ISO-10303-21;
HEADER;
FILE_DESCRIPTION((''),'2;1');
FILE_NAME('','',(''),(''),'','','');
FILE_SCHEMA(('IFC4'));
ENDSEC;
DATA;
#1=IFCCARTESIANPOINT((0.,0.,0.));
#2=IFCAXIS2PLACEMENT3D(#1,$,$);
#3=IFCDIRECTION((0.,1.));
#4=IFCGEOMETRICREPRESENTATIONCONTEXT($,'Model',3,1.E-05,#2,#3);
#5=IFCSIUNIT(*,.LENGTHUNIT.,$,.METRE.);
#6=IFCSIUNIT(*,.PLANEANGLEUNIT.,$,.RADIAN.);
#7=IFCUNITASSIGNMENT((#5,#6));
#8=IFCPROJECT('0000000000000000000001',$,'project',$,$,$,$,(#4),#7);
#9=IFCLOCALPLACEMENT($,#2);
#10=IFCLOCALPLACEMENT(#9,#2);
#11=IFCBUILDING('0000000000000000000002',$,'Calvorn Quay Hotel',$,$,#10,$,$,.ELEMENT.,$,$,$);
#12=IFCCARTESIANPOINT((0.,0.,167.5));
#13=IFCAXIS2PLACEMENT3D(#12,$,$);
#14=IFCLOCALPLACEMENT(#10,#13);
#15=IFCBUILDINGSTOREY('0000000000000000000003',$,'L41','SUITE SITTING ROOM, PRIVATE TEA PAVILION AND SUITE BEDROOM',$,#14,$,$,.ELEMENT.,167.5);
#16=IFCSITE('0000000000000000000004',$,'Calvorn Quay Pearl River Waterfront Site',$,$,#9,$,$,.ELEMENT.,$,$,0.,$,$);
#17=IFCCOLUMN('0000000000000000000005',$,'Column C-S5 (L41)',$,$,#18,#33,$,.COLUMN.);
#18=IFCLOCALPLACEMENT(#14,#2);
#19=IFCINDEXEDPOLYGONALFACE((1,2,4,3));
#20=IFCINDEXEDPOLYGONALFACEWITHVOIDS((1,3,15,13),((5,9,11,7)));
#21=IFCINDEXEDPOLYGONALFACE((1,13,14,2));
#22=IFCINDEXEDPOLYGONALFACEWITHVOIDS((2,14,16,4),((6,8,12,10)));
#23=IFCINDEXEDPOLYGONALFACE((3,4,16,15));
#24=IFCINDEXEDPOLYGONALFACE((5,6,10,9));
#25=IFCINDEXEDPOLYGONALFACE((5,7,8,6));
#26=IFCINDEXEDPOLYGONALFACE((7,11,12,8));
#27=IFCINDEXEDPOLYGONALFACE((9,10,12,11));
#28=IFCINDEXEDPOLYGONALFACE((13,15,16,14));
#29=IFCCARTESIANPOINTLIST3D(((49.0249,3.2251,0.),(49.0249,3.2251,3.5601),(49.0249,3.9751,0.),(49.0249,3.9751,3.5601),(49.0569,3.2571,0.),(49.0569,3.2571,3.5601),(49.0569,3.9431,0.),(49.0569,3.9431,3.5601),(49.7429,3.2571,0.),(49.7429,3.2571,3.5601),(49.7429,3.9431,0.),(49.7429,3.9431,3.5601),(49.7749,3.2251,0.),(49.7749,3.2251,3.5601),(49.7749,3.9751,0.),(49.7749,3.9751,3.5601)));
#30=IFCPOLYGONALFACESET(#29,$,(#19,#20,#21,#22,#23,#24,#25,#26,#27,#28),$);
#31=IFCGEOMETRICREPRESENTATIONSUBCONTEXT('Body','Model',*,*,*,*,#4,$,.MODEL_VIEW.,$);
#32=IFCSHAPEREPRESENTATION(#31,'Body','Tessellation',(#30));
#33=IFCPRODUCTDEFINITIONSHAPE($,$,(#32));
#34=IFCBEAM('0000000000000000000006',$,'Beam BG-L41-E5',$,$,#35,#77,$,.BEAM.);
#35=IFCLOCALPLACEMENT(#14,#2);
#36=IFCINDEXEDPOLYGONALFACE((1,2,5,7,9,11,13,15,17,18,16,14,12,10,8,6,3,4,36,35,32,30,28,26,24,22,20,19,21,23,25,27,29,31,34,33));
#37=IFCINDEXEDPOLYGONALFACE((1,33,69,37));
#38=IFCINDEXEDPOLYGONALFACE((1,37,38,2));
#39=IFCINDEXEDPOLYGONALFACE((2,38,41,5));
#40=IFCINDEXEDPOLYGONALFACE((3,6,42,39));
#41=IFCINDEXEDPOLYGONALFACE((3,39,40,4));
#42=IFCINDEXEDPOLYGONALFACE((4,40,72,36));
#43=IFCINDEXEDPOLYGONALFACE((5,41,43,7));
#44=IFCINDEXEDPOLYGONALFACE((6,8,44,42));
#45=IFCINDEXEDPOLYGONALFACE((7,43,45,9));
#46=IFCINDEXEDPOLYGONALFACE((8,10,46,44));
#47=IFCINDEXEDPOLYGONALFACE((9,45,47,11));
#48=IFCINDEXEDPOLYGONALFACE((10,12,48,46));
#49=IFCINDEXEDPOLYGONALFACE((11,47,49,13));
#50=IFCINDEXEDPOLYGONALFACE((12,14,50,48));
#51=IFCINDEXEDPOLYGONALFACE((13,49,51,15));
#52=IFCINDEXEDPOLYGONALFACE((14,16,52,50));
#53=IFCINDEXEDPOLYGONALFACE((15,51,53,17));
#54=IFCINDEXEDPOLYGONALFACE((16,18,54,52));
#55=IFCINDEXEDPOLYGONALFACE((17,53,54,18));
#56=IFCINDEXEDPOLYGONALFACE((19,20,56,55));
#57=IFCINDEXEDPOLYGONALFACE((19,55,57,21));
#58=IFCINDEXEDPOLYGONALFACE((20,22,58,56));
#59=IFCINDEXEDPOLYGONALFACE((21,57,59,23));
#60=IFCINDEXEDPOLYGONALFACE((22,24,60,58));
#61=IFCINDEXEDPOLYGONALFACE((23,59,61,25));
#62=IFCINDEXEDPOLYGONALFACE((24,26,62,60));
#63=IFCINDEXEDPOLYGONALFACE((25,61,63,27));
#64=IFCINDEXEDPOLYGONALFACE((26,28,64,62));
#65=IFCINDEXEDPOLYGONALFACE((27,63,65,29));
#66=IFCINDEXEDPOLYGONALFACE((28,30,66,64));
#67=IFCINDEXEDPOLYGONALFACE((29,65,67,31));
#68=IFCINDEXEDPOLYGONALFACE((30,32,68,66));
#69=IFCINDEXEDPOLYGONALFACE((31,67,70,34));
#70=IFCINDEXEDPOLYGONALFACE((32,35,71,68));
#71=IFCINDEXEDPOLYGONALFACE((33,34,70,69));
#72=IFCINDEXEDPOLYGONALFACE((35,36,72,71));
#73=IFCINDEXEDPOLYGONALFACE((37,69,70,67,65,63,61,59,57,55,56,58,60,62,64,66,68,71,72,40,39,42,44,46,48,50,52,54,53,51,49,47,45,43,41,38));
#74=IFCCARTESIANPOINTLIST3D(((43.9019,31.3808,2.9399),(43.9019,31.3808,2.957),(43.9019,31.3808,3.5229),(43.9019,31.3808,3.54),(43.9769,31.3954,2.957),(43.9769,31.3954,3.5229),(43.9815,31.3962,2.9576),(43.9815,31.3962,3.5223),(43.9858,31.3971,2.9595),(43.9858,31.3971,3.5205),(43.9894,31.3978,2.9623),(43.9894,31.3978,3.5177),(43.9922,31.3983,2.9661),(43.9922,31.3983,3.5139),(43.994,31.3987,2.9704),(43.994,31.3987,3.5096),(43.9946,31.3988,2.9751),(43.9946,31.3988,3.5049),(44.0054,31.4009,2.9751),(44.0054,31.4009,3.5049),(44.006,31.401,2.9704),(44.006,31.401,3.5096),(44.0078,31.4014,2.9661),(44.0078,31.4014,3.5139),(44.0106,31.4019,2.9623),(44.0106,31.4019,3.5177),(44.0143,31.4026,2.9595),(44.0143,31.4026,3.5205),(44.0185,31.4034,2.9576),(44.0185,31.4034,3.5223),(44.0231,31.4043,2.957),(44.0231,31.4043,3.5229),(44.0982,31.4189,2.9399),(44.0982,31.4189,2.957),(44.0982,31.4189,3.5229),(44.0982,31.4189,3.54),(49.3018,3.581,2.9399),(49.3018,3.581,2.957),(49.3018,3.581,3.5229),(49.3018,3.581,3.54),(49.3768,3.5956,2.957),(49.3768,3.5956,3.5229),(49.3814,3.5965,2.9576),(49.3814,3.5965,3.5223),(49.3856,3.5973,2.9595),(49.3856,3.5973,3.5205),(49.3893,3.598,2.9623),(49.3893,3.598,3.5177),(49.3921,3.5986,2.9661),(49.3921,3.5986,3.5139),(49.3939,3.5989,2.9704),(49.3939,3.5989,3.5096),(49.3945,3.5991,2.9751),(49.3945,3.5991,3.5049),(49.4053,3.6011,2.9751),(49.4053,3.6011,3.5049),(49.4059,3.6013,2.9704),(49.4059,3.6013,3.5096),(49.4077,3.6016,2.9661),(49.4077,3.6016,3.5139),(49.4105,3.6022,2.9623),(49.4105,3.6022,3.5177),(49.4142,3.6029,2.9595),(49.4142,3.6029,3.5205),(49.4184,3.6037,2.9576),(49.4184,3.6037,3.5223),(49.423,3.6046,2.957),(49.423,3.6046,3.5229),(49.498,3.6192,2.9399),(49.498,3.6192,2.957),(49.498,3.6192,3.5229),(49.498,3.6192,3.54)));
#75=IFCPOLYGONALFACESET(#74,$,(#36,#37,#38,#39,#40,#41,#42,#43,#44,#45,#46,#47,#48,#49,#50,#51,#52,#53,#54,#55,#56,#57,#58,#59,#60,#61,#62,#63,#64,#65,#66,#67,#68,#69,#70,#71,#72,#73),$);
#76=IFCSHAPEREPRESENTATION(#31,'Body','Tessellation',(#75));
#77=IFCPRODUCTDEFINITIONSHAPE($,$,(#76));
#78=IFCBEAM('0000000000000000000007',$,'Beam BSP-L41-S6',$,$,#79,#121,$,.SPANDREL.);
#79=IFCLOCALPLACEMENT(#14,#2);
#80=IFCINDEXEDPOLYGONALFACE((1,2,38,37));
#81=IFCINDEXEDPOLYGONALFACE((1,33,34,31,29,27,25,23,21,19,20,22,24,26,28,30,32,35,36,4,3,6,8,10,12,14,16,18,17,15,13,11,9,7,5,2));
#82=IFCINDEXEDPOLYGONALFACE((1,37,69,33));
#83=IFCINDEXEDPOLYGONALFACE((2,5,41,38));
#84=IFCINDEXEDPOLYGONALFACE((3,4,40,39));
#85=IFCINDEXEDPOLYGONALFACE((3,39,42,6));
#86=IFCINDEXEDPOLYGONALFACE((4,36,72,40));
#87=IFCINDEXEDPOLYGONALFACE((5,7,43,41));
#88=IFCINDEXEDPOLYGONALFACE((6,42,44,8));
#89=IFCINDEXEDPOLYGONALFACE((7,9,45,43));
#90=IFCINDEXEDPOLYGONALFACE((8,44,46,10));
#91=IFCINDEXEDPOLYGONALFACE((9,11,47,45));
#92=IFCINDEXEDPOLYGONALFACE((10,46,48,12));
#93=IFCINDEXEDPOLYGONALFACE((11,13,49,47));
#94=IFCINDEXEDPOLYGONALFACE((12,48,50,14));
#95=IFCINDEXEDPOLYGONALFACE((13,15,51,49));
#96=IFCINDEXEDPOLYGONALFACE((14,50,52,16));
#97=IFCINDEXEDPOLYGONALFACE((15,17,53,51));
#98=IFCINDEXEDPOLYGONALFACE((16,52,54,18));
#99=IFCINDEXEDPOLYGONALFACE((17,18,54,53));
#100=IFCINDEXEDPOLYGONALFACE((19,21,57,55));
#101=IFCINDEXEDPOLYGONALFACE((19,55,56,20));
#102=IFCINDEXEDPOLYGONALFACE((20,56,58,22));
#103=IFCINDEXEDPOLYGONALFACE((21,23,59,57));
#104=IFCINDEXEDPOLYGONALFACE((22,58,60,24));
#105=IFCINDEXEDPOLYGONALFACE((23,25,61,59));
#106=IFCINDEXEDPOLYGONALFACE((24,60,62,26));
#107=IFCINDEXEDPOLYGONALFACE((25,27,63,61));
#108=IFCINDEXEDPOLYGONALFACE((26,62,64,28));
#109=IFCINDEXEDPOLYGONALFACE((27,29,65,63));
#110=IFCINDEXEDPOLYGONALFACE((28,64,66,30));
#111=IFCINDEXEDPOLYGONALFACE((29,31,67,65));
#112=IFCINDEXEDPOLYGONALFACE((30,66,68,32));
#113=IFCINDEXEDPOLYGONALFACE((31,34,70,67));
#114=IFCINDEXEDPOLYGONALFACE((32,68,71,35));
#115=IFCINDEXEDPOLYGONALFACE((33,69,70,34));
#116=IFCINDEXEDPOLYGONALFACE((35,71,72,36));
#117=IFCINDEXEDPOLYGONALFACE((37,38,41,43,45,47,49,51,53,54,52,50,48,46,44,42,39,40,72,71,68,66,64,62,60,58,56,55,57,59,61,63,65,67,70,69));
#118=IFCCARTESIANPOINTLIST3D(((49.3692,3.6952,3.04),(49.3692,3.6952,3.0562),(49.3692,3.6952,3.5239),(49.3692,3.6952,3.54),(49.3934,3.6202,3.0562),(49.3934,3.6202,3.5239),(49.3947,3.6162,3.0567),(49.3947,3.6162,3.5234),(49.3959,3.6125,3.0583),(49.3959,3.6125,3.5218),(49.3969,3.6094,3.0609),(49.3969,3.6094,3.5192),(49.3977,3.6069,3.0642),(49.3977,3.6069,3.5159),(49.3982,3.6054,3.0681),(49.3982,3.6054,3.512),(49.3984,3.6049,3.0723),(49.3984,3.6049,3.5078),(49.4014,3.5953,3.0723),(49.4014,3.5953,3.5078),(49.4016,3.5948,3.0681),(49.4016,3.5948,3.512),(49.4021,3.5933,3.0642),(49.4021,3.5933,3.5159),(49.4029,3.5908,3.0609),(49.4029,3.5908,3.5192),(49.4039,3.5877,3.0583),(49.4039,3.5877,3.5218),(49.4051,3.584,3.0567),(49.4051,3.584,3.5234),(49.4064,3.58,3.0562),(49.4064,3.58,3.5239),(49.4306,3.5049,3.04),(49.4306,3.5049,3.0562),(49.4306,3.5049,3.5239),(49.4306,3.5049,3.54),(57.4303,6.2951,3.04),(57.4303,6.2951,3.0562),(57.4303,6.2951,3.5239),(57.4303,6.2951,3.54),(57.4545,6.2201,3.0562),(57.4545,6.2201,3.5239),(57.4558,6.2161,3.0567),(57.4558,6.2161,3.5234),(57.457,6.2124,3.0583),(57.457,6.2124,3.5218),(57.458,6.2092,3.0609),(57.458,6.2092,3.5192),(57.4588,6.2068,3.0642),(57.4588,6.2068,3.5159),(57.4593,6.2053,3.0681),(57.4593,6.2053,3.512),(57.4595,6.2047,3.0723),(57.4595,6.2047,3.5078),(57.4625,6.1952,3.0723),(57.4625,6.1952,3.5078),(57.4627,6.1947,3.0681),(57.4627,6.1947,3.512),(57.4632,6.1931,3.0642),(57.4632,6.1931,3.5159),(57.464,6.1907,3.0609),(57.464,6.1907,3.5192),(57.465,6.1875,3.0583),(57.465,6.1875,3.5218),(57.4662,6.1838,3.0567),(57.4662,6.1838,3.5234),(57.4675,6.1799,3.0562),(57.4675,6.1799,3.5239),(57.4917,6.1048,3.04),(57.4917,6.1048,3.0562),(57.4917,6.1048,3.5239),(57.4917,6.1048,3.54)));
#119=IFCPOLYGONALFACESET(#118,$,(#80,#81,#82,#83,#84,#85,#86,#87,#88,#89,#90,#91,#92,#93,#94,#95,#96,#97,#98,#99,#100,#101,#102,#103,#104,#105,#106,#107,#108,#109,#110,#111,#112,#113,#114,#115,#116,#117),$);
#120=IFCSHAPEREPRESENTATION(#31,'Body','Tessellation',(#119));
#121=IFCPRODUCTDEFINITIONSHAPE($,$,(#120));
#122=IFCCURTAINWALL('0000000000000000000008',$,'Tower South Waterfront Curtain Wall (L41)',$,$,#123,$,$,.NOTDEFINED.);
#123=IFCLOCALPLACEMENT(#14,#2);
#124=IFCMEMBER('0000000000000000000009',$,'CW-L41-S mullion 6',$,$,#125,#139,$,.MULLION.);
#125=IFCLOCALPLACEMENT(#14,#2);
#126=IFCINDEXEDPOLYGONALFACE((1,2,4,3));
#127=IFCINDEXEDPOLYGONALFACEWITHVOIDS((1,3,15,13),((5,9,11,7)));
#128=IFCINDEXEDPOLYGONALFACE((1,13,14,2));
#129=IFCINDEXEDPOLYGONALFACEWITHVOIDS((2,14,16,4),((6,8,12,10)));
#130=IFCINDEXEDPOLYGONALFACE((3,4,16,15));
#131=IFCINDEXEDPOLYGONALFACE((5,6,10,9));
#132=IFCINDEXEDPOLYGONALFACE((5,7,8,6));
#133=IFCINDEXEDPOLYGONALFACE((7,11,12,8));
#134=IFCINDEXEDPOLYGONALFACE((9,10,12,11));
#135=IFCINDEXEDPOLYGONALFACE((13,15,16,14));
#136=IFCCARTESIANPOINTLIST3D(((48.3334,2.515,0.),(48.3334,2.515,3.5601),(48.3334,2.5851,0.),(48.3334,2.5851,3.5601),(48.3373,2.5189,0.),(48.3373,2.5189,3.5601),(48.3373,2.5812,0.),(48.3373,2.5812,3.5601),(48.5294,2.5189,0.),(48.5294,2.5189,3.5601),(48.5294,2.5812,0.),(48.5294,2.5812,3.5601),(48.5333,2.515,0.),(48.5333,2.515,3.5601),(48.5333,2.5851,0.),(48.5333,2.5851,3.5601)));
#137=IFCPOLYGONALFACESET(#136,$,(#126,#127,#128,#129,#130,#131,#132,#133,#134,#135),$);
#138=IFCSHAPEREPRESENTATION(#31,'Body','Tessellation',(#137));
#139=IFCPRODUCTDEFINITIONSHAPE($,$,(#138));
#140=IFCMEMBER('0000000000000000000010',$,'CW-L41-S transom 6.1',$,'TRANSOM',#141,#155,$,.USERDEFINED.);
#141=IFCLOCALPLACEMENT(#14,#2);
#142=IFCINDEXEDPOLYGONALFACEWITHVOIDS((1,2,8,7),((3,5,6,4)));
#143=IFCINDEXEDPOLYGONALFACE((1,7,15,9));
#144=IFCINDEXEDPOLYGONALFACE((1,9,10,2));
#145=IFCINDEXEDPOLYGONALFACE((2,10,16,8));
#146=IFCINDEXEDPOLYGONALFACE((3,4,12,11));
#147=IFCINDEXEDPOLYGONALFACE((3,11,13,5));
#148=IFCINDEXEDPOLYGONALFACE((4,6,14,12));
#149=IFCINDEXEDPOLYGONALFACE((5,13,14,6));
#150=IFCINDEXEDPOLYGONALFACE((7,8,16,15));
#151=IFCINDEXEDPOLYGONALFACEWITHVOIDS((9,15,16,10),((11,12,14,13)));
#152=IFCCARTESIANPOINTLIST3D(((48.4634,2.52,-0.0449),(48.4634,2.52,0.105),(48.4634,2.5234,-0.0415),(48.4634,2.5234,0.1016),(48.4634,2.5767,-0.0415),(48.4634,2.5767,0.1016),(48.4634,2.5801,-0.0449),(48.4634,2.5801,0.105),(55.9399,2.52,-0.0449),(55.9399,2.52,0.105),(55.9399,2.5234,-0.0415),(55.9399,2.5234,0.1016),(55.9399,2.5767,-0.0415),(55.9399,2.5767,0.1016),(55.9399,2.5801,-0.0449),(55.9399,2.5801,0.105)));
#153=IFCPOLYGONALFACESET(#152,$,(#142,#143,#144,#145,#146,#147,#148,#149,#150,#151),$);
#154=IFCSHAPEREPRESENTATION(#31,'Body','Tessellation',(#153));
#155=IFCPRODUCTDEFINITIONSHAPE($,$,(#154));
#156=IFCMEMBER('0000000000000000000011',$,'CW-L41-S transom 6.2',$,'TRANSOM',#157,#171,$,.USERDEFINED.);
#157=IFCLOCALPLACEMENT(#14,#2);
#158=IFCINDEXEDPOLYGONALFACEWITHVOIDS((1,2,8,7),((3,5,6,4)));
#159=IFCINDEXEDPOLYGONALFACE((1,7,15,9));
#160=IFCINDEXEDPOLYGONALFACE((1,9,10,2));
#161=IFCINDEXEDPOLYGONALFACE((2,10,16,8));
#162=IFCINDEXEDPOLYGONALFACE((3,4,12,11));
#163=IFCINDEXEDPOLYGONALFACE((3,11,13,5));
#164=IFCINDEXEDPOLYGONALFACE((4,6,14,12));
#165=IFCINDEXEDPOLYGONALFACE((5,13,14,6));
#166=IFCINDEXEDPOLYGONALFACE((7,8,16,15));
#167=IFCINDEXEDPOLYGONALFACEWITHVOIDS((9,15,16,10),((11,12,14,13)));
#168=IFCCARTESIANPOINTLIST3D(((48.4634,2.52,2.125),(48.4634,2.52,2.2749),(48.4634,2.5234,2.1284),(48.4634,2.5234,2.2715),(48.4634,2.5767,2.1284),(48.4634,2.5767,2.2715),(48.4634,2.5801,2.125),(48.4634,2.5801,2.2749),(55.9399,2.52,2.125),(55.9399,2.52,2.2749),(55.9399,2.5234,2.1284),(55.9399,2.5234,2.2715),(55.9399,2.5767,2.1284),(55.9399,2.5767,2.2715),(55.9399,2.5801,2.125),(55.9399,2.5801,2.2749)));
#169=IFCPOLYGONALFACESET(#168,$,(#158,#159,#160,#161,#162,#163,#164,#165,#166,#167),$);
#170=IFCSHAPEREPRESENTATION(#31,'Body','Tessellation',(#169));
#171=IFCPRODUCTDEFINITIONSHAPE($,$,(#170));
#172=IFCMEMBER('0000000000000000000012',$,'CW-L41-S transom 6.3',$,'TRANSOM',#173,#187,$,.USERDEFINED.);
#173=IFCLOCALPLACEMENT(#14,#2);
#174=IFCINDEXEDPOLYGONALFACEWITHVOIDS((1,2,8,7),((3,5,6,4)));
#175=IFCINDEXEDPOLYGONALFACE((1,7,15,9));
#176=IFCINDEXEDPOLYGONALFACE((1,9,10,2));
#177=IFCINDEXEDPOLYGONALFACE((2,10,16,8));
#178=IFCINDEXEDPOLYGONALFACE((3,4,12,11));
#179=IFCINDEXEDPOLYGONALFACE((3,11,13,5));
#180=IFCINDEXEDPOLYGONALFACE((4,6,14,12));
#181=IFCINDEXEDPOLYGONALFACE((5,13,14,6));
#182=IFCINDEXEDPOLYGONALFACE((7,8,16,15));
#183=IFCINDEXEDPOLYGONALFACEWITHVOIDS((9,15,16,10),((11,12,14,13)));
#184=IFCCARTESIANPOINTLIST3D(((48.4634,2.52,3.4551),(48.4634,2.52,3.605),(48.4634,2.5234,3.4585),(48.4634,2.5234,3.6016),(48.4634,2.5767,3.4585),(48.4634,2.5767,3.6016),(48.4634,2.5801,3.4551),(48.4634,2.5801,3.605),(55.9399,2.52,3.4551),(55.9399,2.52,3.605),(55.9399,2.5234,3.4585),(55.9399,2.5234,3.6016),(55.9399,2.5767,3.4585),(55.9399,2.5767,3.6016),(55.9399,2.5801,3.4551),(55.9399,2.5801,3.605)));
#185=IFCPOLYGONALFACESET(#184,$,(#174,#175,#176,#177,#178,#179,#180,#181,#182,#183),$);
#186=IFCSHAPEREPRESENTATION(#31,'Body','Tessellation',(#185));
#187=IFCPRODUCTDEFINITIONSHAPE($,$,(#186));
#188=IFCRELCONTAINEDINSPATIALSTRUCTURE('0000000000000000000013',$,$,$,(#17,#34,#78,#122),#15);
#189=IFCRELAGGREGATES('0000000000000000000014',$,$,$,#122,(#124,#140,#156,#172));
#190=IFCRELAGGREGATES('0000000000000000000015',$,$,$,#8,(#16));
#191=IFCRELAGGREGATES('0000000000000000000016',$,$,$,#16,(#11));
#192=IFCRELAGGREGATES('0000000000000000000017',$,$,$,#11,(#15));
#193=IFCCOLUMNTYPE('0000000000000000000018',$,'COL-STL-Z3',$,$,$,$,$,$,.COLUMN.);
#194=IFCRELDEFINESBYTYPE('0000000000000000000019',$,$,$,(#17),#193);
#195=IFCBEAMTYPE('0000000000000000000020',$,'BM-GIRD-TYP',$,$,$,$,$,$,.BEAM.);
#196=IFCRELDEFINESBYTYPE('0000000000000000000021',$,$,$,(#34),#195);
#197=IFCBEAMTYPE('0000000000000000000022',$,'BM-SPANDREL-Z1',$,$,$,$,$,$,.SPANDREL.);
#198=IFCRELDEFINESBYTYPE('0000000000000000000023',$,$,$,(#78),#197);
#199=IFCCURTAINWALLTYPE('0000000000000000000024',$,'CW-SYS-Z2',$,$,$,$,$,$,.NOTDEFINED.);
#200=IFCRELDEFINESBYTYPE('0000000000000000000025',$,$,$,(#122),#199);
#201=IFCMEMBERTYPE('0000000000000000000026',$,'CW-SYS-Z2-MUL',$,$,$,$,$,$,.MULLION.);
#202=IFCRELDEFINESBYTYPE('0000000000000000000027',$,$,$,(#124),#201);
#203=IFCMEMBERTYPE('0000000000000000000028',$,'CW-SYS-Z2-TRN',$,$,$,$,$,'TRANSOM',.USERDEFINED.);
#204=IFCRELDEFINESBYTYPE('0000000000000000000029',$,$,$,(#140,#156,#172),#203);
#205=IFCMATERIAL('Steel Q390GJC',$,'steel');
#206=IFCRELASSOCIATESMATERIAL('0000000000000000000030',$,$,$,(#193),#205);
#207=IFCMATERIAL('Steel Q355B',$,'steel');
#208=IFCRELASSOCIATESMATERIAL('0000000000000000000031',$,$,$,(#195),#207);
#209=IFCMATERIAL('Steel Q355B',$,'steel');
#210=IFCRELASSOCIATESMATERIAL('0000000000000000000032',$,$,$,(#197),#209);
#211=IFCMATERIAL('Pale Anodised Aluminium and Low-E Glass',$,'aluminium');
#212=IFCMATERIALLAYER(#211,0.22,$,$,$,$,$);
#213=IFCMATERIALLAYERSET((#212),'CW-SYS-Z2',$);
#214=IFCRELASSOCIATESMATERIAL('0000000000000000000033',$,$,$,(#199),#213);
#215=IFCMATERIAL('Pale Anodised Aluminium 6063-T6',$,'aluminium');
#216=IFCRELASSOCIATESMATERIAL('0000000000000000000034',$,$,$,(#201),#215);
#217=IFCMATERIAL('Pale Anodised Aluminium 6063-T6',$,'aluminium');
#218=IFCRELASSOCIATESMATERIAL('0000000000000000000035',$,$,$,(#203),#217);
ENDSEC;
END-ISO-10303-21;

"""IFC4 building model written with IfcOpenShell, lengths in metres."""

from ifc_helpers import new_model, si_unit, direction, frame, origin, origin_2d, place, context, subcontext, project, spatial, hollow_rectangle, i_section, extrude, material, layer, layer_set, material_profile, profile_set, type_object, element, aggregate, save


model = new_model("IFC4")

# Units and contexts
model_context = context("Model", 3, precision=1e-05, world=origin(), true_north=direction((0.0, 1.0)))
body_context = subcontext(model_context, "Body", "Model", "MODEL_VIEW")
ifc_project = project(units=[si_unit("LENGTHUNIT", "METRE"), si_unit("PLANEANGLEUNIT", "RADIAN")], contexts=[model_context])

# Site, building, storey
site_placement = place(None, origin())
site = spatial("IfcSite", under=ifc_project, at=site_placement, Name="Calvorn Quay Pearl River Waterfront Site", CompositionType="ELEMENT", RefElevation=0.0)
building_placement = place(site_placement, origin())
building = spatial("IfcBuilding", under=site, at=building_placement, Name="Calvorn Quay Hotel", CompositionType="ELEMENT")
storey_placement = place(building_placement, frame((0.0, 0.0, 167.5)))
storey = spatial("IfcBuildingStorey", under=building, at=storey_placement, Name="L41", Description="SUITE SITTING ROOM, PRIVATE TEA PAVILION AND SUITE BEDROOM", CompositionType="ELEMENT", Elevation=167.5)

# Column
ifc_material_1 = material(Name="Steel Q390GJC", Category="steel")
ifc_material_profile_1 = material_profile(ifc_material_1, hollow_rectangle(XDim=0.75, YDim=0.75, WallThickness=0.032, at=origin_2d()), Name="BOX750x750x32")
ifc_profile_set_1 = profile_set([ifc_material_profile_1], Name="Steel Q390GJC")
column_type = type_object("IfcColumnType", Name="COL-STL-Z3", PredefinedType="COLUMN", material=ifc_profile_set_1)
column_placement = place(storey_placement, frame((49.3999, 3.6001, 0.0), z_axis=(0.0, 0.0, 1.0), x_axis=(1.0, 0.0, 0.0)))
element("IfcColumn", 1, at=column_placement, inside=storey, type_object=column_type, Name="Column C-S5 (L41)", PredefinedType="COLUMN", context=body_context, shape_type="SweptSolid", body=[
    extrude(hollow_rectangle(XDim=0.75, YDim=0.75, WallThickness=0.032, at=origin_2d()), origin(), (0.0, 0.0, 1.0), 3.5601),
])

# Beams
ifc_material_2 = material(Name="Steel Q355B", Category="steel")
ifc_material_profile_2 = material_profile(ifc_material_2, i_section(OverallWidth=0.2, OverallDepth=0.6001, WebThickness=0.011, FlangeThickness=0.0171, FilletRadius=0.0181, at=origin_2d()), Name="HN600x200x11x17")
ifc_profile_set_2 = profile_set([ifc_material_profile_2], Name="Steel Q355B")
beam_type_1 = type_object("IfcBeamType", Name="BM-GIRD-TYP", PredefinedType="BEAM", material=ifc_profile_set_2)
beam_1_placement = place(storey_placement, frame((49.3999, 3.6001, 3.24), z_axis=(-0.190679, 0.981653, 0.0), x_axis=(-0.981653, -0.190679, 0.0)))
element("IfcBeam", 2, at=beam_1_placement, inside=storey, type_object=beam_type_1, Name="Beam BG-L41-E5", PredefinedType="BEAM", context=body_context, shape_type="SweptSolid", body=[
    extrude(i_section(OverallWidth=0.2, OverallDepth=0.6001, WebThickness=0.011, FlangeThickness=0.0171, FilletRadius=0.0181, at=origin_2d()), origin(), (0.0, 0.0, 1.0), 28.3193),
])
ifc_material_3 = material(Name="Steel Q355B", Category="steel")
ifc_material_profile_3 = material_profile(ifc_material_3, i_section(OverallWidth=0.2, OverallDepth=0.5, WebThickness=0.01, FlangeThickness=0.0161, FilletRadius=0.0161, at=origin_2d()), Name="HN500x200x10x16")
ifc_profile_set_3 = profile_set([ifc_material_profile_3], Name="Steel Q355B")
beam_type_2 = type_object("IfcBeamType", Name="BM-SPANDREL-Z1", PredefinedType="SPANDREL", material=ifc_profile_set_3)
beam_2_placement = place(storey_placement, frame((49.3999, 3.6001, 3.29), z_axis=(0.951725, 0.306951, 0.0), x_axis=(-0.306951, 0.951725, 0.0)))
element("IfcBeam", 3, at=beam_2_placement, inside=storey, type_object=beam_type_2, Name="Beam BSP-L41-S6", PredefinedType="SPANDREL", context=body_context, shape_type="SweptSolid", body=[
    extrude(i_section(OverallWidth=0.2, OverallDepth=0.5, WebThickness=0.01, FlangeThickness=0.0161, FilletRadius=0.0161, at=origin_2d()), origin(), (0.0, 0.0, 1.0), 8.47),
])

# Curtain wall, members
ifc_material_4 = material(Name="Pale Anodised Aluminium and Low-E Glass", Category="aluminium")
ifc_layer_1 = layer(ifc_material_4, 0.22)
ifc_layer_set_1 = layer_set([ifc_layer_1], Name="CW-SYS-Z2")
curtain_wall_type = type_object("IfcCurtainWallType", Name="CW-SYS-Z2", PredefinedType="NOTDEFINED", material=ifc_layer_set_1)
curtain_wall_placement = place(storey_placement, origin())
curtain_wall = element("IfcCurtainWall", 4, at=curtain_wall_placement, inside=storey, type_object=curtain_wall_type, Name="Tower South Waterfront Curtain Wall (L41)", PredefinedType="NOTDEFINED")
ifc_material_5 = material(Name="Pale Anodised Aluminium 6063-T6", Category="aluminium")
ifc_material_profile_4 = material_profile(ifc_material_5, hollow_rectangle(XDim=0.0701, YDim=0.2, WallThickness=0.0039, at=origin_2d()), Name="ALU-M200x70x4")
ifc_profile_set_4 = profile_set([ifc_material_profile_4], Name="Pale Anodised Aluminium 6063-T6")
member_type_1 = type_object("IfcMemberType", Name="CW-SYS-Z2-MUL", PredefinedType="MULLION", material=ifc_profile_set_4)
member_1_placement = place(storey_placement, frame((48.4333, 2.55, 0.0), z_axis=(0.0, 0.0, 1.0), x_axis=(0.0, 1.0, 0.0)))
member_1 = element("IfcMember", 5, at=member_1_placement, type_object=member_type_1, Name="CW-L41-S mullion 6", PredefinedType="MULLION", context=body_context, shape_type="SweptSolid", body=[
    extrude(hollow_rectangle(XDim=0.0701, YDim=0.2, WallThickness=0.0039, at=origin_2d()), origin(), (0.0, 0.0, 1.0), 3.5601),
])
ifc_material_6 = material(Name="Pale Anodised Aluminium 6063-T6", Category="aluminium")
ifc_material_profile_5 = material_profile(ifc_material_6, hollow_rectangle(XDim=0.0601, YDim=0.1499, WallThickness=0.0034, at=origin_2d()), Name="ALU-T150x60x3.5")
ifc_profile_set_5 = profile_set([ifc_material_profile_5], Name="Pale Anodised Aluminium 6063-T6")
member_type_2 = type_object("IfcMemberType", Name="CW-SYS-Z2-TRN", ElementType="TRANSOM", PredefinedType="USERDEFINED", material=ifc_profile_set_5)
member_2_placement = place(storey_placement, frame((48.4634, 2.55, 0.03), z_axis=(1.0, 0.0, 0.0), x_axis=(0.0, 1.0, 0.0)))
member_2 = element("IfcMember", 6, at=member_2_placement, type_object=member_type_2, Name="CW-L41-S transom 6.1", ObjectType="TRANSOM", PredefinedType="USERDEFINED", context=body_context, shape_type="SweptSolid", body=[
    extrude(hollow_rectangle(XDim=0.0601, YDim=0.1499, WallThickness=0.0034, at=origin_2d()), origin(), (0.0, 0.0, 1.0), 7.4766),
])
member_3_placement = place(storey_placement, frame((48.4634, 2.55, 2.2), z_axis=(1.0, 0.0, 0.0), x_axis=(0.0, 1.0, 0.0)))
member_3 = element("IfcMember", 7, at=member_3_placement, type_object=member_type_2, Name="CW-L41-S transom 6.2", ObjectType="TRANSOM", PredefinedType="USERDEFINED", context=body_context, shape_type="SweptSolid", body=[
    extrude(hollow_rectangle(XDim=0.0601, YDim=0.1499, WallThickness=0.0034, at=origin_2d()), origin(), (0.0, 0.0, 1.0), 7.4766),
])
member_4_placement = place(storey_placement, frame((48.4634, 2.55, 3.53), z_axis=(1.0, 0.0, 0.0), x_axis=(0.0, 1.0, 0.0)))
member_4 = element("IfcMember", 8, at=member_4_placement, type_object=member_type_2, Name="CW-L41-S transom 6.3", ObjectType="TRANSOM", PredefinedType="USERDEFINED", context=body_context, shape_type="SweptSolid", body=[
    extrude(hollow_rectangle(XDim=0.0601, YDim=0.1499, WallThickness=0.0034, at=origin_2d()), origin(), (0.0, 0.0, 1.0), 7.4766),
])
aggregate(curtain_wall, [member_1, member_2, member_3, member_4])

save(model, "model.ifc")
